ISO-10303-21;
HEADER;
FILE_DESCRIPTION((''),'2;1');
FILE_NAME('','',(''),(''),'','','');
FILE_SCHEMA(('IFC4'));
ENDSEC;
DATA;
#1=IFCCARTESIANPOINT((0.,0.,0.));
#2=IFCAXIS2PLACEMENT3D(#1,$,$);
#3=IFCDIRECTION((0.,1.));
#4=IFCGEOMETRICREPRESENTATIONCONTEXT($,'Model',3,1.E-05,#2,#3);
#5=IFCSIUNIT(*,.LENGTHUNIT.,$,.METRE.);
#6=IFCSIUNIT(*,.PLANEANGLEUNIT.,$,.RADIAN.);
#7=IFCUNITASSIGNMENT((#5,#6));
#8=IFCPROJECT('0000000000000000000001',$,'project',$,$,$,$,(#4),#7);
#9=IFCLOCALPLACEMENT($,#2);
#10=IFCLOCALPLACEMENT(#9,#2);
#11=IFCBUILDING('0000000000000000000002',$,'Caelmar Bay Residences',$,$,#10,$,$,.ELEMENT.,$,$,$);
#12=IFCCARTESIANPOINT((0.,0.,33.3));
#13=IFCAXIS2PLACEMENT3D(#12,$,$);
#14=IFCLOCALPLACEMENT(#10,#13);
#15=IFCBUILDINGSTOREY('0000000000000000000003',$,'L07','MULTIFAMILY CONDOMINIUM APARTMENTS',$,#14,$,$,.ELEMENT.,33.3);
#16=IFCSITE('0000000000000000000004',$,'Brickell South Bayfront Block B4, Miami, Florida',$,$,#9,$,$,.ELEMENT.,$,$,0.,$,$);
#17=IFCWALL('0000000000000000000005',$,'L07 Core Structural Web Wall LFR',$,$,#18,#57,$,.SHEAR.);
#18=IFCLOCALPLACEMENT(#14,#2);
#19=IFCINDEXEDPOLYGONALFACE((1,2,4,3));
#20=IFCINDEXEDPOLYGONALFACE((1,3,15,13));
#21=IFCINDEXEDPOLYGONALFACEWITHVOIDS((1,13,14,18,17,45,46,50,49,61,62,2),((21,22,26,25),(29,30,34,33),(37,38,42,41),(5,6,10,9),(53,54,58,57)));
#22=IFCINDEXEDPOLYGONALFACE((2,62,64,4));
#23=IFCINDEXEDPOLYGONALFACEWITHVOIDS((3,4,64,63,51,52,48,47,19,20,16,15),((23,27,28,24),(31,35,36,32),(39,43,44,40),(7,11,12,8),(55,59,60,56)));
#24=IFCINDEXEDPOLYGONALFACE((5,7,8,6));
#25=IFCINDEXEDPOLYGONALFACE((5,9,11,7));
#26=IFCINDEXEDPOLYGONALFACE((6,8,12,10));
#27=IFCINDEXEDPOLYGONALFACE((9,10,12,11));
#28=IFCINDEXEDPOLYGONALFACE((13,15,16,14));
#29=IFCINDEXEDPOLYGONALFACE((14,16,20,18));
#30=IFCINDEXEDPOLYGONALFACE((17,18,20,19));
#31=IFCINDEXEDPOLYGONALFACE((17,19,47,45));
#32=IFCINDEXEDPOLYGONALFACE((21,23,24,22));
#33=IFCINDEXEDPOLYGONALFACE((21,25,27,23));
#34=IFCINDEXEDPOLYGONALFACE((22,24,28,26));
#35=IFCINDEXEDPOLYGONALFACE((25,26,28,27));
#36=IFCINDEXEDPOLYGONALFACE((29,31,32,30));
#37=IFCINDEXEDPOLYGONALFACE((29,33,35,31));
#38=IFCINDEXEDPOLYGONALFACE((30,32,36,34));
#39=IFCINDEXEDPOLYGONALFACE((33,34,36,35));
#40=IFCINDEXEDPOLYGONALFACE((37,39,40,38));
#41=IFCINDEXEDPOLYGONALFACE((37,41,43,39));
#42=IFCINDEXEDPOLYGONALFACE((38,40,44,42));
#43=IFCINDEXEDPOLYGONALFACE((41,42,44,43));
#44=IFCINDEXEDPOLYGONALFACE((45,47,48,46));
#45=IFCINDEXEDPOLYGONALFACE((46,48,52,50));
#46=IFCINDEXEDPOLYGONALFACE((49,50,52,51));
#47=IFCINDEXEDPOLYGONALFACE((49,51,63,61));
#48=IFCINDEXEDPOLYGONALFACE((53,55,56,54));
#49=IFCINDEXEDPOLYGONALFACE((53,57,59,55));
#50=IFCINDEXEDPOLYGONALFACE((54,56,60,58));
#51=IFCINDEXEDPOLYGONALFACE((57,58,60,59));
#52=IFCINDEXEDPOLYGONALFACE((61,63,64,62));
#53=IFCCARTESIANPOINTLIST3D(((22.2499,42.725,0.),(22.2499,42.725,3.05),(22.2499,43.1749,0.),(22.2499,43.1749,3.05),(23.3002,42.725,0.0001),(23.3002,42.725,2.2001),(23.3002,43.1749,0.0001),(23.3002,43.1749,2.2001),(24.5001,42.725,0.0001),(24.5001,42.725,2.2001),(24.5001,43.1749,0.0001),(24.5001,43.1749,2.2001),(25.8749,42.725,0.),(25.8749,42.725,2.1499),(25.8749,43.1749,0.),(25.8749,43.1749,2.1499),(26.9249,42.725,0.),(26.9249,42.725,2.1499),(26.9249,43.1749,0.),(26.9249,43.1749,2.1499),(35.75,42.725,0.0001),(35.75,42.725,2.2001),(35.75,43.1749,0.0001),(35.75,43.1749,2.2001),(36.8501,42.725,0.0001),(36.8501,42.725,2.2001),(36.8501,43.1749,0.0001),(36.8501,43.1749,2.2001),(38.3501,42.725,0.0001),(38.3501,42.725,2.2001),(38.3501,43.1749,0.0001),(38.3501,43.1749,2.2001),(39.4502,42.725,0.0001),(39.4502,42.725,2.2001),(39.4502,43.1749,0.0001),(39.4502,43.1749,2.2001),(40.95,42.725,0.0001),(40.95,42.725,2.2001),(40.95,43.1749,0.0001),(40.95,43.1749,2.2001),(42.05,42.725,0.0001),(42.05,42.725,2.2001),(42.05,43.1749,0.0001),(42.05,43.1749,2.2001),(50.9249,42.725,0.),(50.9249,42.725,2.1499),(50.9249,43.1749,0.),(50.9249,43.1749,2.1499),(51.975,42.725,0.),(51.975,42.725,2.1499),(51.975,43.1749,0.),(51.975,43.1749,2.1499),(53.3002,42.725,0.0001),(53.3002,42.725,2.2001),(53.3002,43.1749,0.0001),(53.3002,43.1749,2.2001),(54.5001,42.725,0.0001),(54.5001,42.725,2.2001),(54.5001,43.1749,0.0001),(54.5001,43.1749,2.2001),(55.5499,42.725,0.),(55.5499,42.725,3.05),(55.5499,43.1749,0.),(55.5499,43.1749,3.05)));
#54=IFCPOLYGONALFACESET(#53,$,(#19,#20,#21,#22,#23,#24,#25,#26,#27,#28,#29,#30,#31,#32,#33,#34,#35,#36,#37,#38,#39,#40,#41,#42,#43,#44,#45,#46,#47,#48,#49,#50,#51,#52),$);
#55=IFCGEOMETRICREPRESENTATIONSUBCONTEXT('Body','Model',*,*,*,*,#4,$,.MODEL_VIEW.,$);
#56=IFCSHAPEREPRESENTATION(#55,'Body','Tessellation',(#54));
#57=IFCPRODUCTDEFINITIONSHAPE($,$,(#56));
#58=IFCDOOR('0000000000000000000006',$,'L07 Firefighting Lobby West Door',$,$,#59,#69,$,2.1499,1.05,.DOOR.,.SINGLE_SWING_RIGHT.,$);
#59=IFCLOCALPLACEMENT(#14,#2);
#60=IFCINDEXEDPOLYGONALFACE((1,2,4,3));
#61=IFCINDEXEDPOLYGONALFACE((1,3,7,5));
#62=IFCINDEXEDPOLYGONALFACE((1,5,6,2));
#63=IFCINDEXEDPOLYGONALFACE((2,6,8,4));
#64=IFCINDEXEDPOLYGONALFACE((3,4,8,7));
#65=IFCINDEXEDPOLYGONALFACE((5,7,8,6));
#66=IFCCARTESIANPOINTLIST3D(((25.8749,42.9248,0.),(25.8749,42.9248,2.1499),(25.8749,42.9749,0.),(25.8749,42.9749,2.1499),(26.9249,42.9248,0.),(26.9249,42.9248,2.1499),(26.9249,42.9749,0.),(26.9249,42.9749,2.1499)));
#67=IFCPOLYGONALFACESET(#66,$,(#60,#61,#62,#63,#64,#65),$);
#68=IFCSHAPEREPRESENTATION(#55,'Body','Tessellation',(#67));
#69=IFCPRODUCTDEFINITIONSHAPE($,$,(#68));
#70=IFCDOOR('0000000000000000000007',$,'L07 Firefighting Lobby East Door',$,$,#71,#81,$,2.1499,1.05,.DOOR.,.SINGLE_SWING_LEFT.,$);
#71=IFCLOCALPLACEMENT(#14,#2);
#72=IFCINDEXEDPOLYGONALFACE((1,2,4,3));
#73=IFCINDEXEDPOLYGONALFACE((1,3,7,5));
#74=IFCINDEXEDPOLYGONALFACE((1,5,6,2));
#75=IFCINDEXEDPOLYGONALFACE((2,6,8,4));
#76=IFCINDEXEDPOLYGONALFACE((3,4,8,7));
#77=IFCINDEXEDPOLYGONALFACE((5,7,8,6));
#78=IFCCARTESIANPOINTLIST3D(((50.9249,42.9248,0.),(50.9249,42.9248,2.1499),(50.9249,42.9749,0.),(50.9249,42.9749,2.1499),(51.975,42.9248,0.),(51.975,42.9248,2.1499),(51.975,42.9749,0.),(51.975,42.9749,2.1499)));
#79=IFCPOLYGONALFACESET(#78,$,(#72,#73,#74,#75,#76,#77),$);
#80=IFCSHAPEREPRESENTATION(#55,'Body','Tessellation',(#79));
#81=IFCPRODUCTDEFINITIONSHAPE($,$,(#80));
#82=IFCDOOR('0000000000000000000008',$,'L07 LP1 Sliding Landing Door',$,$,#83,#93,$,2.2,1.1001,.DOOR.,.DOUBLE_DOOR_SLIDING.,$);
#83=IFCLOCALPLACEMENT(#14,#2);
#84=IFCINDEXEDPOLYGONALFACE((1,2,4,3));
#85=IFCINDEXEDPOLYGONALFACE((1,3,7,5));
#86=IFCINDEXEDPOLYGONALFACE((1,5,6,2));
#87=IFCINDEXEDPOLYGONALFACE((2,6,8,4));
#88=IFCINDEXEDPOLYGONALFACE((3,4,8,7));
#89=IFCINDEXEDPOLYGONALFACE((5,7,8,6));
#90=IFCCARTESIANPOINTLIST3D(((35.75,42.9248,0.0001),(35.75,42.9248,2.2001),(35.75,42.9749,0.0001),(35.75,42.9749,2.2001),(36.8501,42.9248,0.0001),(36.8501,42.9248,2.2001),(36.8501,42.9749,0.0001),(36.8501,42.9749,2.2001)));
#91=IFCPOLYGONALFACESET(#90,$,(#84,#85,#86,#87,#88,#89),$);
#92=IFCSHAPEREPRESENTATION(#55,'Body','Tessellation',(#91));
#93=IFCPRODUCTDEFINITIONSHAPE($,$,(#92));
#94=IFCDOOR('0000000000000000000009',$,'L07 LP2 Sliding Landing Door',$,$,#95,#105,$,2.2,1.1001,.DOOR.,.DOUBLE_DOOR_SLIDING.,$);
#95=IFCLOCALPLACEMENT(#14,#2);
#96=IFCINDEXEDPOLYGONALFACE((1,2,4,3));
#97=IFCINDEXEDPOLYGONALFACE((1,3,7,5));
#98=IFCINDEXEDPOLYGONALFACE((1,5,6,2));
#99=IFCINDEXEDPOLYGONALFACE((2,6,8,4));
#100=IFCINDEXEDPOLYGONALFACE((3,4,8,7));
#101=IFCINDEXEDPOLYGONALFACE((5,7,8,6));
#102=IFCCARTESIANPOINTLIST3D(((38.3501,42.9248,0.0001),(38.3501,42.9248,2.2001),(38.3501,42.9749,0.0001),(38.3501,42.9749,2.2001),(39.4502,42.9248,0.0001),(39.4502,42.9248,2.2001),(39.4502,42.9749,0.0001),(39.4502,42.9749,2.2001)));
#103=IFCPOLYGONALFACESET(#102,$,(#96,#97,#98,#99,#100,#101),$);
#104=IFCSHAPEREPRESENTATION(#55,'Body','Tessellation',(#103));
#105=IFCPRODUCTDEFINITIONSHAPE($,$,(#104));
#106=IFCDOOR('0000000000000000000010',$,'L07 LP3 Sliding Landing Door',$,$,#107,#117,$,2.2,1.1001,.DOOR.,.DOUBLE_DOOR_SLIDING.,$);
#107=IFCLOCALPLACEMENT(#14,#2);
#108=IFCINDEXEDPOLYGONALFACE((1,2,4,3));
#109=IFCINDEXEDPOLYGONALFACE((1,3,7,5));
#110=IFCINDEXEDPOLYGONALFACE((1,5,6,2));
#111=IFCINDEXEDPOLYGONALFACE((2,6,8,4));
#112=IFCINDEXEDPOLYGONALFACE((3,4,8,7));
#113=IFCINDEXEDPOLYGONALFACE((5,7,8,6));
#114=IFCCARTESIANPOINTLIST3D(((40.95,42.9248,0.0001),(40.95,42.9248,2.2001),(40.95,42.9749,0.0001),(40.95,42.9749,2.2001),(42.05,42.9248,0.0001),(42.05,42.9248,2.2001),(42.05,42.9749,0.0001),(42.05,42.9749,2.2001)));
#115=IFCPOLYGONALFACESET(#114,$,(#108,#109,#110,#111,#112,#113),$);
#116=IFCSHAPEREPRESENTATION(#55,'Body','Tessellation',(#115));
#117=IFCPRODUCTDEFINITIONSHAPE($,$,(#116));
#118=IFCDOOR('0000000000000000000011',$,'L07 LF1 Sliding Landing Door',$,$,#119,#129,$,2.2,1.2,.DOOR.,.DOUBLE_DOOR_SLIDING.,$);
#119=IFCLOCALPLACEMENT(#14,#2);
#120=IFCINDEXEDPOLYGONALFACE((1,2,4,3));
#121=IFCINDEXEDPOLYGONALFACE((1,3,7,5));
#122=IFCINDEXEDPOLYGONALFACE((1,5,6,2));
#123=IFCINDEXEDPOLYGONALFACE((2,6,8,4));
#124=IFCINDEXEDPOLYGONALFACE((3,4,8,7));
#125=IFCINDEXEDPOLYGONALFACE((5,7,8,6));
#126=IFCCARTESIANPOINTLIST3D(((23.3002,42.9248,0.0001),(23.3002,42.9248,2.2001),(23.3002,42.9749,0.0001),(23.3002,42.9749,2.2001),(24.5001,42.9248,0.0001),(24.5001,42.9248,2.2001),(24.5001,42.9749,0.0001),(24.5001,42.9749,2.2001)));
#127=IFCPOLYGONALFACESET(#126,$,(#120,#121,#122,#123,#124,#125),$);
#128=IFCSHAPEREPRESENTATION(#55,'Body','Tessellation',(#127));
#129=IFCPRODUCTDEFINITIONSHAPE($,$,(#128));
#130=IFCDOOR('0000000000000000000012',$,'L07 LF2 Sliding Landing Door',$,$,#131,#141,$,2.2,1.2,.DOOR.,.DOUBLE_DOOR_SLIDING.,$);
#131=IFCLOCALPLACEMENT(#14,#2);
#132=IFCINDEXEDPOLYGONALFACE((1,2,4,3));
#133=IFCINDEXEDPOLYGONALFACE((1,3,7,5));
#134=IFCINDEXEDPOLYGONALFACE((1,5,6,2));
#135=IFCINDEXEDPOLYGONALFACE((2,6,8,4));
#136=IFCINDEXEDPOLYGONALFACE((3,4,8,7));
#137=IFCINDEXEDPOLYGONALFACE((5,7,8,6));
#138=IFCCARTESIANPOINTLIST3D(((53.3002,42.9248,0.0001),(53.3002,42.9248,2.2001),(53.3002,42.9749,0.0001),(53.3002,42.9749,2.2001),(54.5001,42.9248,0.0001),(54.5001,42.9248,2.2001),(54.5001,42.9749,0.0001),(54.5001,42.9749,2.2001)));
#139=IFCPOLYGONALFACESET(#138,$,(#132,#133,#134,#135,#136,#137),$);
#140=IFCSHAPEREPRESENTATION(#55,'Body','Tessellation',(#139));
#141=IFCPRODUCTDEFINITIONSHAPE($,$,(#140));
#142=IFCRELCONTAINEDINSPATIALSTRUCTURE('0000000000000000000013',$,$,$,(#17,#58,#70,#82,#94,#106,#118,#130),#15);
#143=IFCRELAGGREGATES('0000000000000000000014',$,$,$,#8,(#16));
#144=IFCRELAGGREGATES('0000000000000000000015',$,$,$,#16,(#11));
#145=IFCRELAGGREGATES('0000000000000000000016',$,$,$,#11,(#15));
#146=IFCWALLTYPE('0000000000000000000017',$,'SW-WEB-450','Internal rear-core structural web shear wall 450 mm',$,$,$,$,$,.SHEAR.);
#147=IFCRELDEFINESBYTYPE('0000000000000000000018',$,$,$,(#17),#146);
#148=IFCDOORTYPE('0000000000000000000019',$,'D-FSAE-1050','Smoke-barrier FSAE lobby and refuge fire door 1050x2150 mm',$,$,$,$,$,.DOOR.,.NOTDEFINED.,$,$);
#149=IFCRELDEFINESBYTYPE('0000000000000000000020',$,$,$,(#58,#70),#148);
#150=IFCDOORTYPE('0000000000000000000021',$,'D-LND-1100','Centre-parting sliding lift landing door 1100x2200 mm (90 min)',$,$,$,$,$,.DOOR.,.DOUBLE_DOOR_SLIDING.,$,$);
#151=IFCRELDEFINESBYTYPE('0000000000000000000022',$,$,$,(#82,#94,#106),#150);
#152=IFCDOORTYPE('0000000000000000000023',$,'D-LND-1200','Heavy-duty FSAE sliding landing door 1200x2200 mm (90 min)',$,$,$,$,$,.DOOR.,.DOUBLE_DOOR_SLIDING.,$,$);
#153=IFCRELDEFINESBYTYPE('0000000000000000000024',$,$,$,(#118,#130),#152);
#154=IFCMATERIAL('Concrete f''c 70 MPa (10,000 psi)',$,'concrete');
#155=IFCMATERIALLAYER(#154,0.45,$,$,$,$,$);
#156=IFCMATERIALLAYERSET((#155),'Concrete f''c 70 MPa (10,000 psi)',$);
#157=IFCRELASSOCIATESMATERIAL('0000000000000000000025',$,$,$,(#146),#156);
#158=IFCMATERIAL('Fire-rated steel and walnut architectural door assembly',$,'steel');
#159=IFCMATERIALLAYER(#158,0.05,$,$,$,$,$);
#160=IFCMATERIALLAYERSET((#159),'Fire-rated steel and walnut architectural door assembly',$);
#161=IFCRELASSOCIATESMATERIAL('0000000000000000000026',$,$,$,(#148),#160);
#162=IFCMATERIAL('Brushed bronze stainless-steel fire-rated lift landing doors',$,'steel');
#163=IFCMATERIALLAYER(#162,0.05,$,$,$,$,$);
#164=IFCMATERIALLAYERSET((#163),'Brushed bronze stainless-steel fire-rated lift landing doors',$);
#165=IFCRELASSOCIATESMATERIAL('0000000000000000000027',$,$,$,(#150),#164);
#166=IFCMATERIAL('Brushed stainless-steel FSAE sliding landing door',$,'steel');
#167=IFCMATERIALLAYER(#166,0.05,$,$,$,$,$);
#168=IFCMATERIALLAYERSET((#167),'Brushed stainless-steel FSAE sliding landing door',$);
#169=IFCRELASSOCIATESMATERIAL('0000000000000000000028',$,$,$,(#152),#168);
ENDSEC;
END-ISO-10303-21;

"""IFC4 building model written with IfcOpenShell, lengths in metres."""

from ifc_helpers import new_model, si_unit, direction, frame, frame_2d, origin, place, context, subcontext, project, spatial, rectangle, extrude, material, layer, layer_set, type_object, element, fill, save


model = new_model("IFC4")

# Units and contexts
model_context = context("Model", 3, precision=1e-05, world=origin(), true_north=direction((0.0, 1.0)))
body_context = subcontext(model_context, "Body", "Model", "MODEL_VIEW")
ifc_project = project(units=[si_unit("LENGTHUNIT", "METRE"), si_unit("PLANEANGLEUNIT", "RADIAN")], contexts=[model_context])

# Site, building, storey
site_placement = place(None, origin())
site = spatial("IfcSite", under=ifc_project, at=site_placement, Name="Brickell South Bayfront Block B4, Miami, Florida", CompositionType="ELEMENT", RefElevation=0.0)
building_placement = place(site_placement, origin())
building = spatial("IfcBuilding", under=site, at=building_placement, Name="Caelmar Bay Residences", CompositionType="ELEMENT")
storey_placement = place(building_placement, frame((0.0, 0.0, 33.3)))
storey = spatial("IfcBuildingStorey", under=building, at=storey_placement, Name="L07", Description="MULTIFAMILY CONDOMINIUM APARTMENTS", CompositionType="ELEMENT", Elevation=33.3)

# Wall, openings, doors
ifc_material_1 = material(Name="Concrete f'c 70 MPa (10,000 psi)", Category="concrete")
ifc_layer_1 = layer(ifc_material_1, 0.45)
ifc_layer_set_1 = layer_set([ifc_layer_1], Name="Concrete f'c 70 MPa (10,000 psi)")
wall_type_1 = type_object("IfcWallType", Name="SW-WEB-450", Description="Internal rear-core structural web shear wall 450 mm", PredefinedType="SHEAR", material=ifc_layer_set_1)
wall_1_placement = place(storey_placement, frame((22.25, 42.95, 0.0), z_axis=(0.0, 0.0, 1.0), x_axis=(1.0, 0.0, 0.0)))
wall_1 = element("IfcWall", 1, at=wall_1_placement, inside=storey, type_object=wall_type_1, Name="L07 Core Structural Web Wall LFR", PredefinedType="SHEAR", context=body_context, shape_type="SweptSolid", body=[
    extrude(rectangle(XDim=33.3, YDim=0.45, at=frame_2d((16.6499, 0.0))), origin(), (0.0, 0.0, 1.0), 3.05),
])
opening_1_placement = place(wall_1_placement, frame((1.05, 0.0, 0.0)))
opening_1 = element("IfcOpeningElement", 2, at=opening_1_placement, cuts=wall_1, PredefinedType="OPENING", context=body_context, shape_type="SweptSolid", body=[
    extrude(rectangle(XDim=1.2, YDim=2.2, at=frame_2d((0.6001, 1.1001))), frame((0.0, 0.2349, 0.0), z_axis=(0.0, -1.0, 0.0), x_axis=(1.0, 0.0, 0.0)), (0.0, 0.0, 1.0), 0.47),
])
opening_2_placement = place(wall_1_placement, frame((31.05, 0.0, 0.0)))
opening_2 = element("IfcOpeningElement", 3, at=opening_2_placement, cuts=wall_1, PredefinedType="OPENING", context=body_context, shape_type="SweptSolid", body=[
    extrude(rectangle(XDim=1.2, YDim=2.2, at=frame_2d((0.6001, 1.1001))), frame((0.0, 0.2349, 0.0), z_axis=(0.0, -1.0, 0.0), x_axis=(1.0, 0.0, 0.0)), (0.0, 0.0, 1.0), 0.47),
])
opening_3_placement = place(wall_1_placement, frame((13.5, 0.0, 0.0)))
opening_3 = element("IfcOpeningElement", 4, at=opening_3_placement, cuts=wall_1, PredefinedType="OPENING", context=body_context, shape_type="SweptSolid", body=[
    extrude(rectangle(XDim=1.1001, YDim=2.2, at=frame_2d((0.55, 1.1001))), frame((0.0, 0.2349, 0.0), z_axis=(0.0, -1.0, 0.0), x_axis=(1.0, 0.0, 0.0)), (0.0, 0.0, 1.0), 0.47),
])
opening_4_placement = place(wall_1_placement, frame((16.1001, 0.0, 0.0)))
opening_4 = element("IfcOpeningElement", 5, at=opening_4_placement, cuts=wall_1, PredefinedType="OPENING", context=body_context, shape_type="SweptSolid", body=[
    extrude(rectangle(XDim=1.1001, YDim=2.2, at=frame_2d((0.55, 1.1001))), frame((0.0, 0.2349, 0.0), z_axis=(0.0, -1.0, 0.0), x_axis=(1.0, 0.0, 0.0)), (0.0, 0.0, 1.0), 0.47),
])
opening_5_placement = place(wall_1_placement, frame((18.7, 0.0, 0.0)))
opening_5 = element("IfcOpeningElement", 6, at=opening_5_placement, cuts=wall_1, PredefinedType="OPENING", context=body_context, shape_type="SweptSolid", body=[
    extrude(rectangle(XDim=1.1001, YDim=2.2, at=frame_2d((0.55, 1.1001))), frame((0.0, 0.2349, 0.0), z_axis=(0.0, -1.0, 0.0), x_axis=(1.0, 0.0, 0.0)), (0.0, 0.0, 1.0), 0.47),
])
opening_6_placement = place(wall_1_placement, frame((3.625, 0.0, 0.0)))
opening_6 = element("IfcOpeningElement", 7, at=opening_6_placement, cuts=wall_1, PredefinedType="OPENING", context=body_context, shape_type="SweptSolid", body=[
    extrude(rectangle(XDim=1.05, YDim=2.1499, at=frame_2d((0.5249, 1.075))), frame((0.0, 0.2349, 0.0), z_axis=(0.0, -1.0, 0.0), x_axis=(1.0, 0.0, 0.0)), (0.0, 0.0, 1.0), 0.47),
])
opening_7_placement = place(wall_1_placement, frame((28.675, 0.0, 0.0)))
opening_7 = element("IfcOpeningElement", 8, at=opening_7_placement, cuts=wall_1, PredefinedType="OPENING", context=body_context, shape_type="SweptSolid", body=[
    extrude(rectangle(XDim=1.05, YDim=2.1499, at=frame_2d((0.5249, 1.075))), frame((0.0, 0.2349, 0.0), z_axis=(0.0, -1.0, 0.0), x_axis=(1.0, 0.0, 0.0)), (0.0, 0.0, 1.0), 0.47),
])
ifc_material_2 = material(Name="Fire-rated steel and walnut architectural door assembly", Category="steel")
ifc_layer_2 = layer(ifc_material_2, 0.05)
ifc_layer_set_2 = layer_set([ifc_layer_2], Name="Fire-rated steel and walnut architectural door assembly")
door_type_1 = type_object("IfcDoorType", Name="D-FSAE-1050", Description="Smoke-barrier FSAE lobby and refuge fire door 1050x2150 mm", OperationType="NOTDEFINED", PredefinedType="DOOR", material=ifc_layer_set_2)
door_1_placement = place(opening_6_placement, origin())
door_1 = element("IfcDoor", 9, at=door_1_placement, inside=storey, type_object=door_type_1, Name="L07 Firefighting Lobby West Door", OperationType="SINGLE_SWING_RIGHT", OverallHeight=2.1499, OverallWidth=1.05, PredefinedType="DOOR", context=body_context, shape_type="SweptSolid", body=[
    extrude(rectangle(XDim=1.05, YDim=2.1499, at=frame_2d((0.5249, 1.075))), frame((0.0, 0.0249, 0.0), z_axis=(0.0, -1.0, 0.0), x_axis=(1.0, 0.0, 0.0)), (0.0, 0.0, 1.0), 0.05),
])
fill(opening_6, door_1)
door_2_placement = place(opening_7_placement, origin())
door_2 = element("IfcDoor", 10, at=door_2_placement, inside=storey, type_object=door_type_1, Name="L07 Firefighting Lobby East Door", OperationType="SINGLE_SWING_LEFT", OverallHeight=2.1499, OverallWidth=1.05, PredefinedType="DOOR", context=body_context, shape_type="SweptSolid", body=[
    extrude(rectangle(XDim=1.05, YDim=2.1499, at=frame_2d((0.5249, 1.075))), frame((0.0, 0.0249, 0.0), z_axis=(0.0, -1.0, 0.0), x_axis=(1.0, 0.0, 0.0)), (0.0, 0.0, 1.0), 0.05),
])
fill(opening_7, door_2)
ifc_material_3 = material(Name="Brushed bronze stainless-steel fire-rated lift landing doors", Category="steel")
ifc_layer_3 = layer(ifc_material_3, 0.05)
ifc_layer_set_3 = layer_set([ifc_layer_3], Name="Brushed bronze stainless-steel fire-rated lift landing doors")
door_type_2 = type_object("IfcDoorType", Name="D-LND-1100", Description="Centre-parting sliding lift landing door 1100x2200 mm (90 min)", OperationType="DOUBLE_DOOR_SLIDING", PredefinedType="DOOR", material=ifc_layer_set_3)
door_3_placement = place(opening_3_placement, origin())
door_3 = element("IfcDoor", 11, at=door_3_placement, inside=storey, type_object=door_type_2, Name="L07 LP1 Sliding Landing Door", OperationType="DOUBLE_DOOR_SLIDING", OverallHeight=2.2, OverallWidth=1.1001, PredefinedType="DOOR", context=body_context, shape_type="SweptSolid", body=[
    extrude(rectangle(XDim=1.1001, YDim=2.2, at=frame_2d((0.55, 1.1001))), frame((0.0, 0.0249, 0.0), z_axis=(0.0, -1.0, 0.0), x_axis=(1.0, 0.0, 0.0)), (0.0, 0.0, 1.0), 0.05),
])
fill(opening_3, door_3)
door_4_placement = place(opening_4_placement, origin())
door_4 = element("IfcDoor", 12, at=door_4_placement, inside=storey, type_object=door_type_2, Name="L07 LP2 Sliding Landing Door", OperationType="DOUBLE_DOOR_SLIDING", OverallHeight=2.2, OverallWidth=1.1001, PredefinedType="DOOR", context=body_context, shape_type="SweptSolid", body=[
    extrude(rectangle(XDim=1.1001, YDim=2.2, at=frame_2d((0.55, 1.1001))), frame((0.0, 0.0249, 0.0), z_axis=(0.0, -1.0, 0.0), x_axis=(1.0, 0.0, 0.0)), (0.0, 0.0, 1.0), 0.05),
])
fill(opening_4, door_4)
door_5_placement = place(opening_5_placement, origin())
door_5 = element("IfcDoor", 13, at=door_5_placement, inside=storey, type_object=door_type_2, Name="L07 LP3 Sliding Landing Door", OperationType="DOUBLE_DOOR_SLIDING", OverallHeight=2.2, OverallWidth=1.1001, PredefinedType="DOOR", context=body_context, shape_type="SweptSolid", body=[
    extrude(rectangle(XDim=1.1001, YDim=2.2, at=frame_2d((0.55, 1.1001))), frame((0.0, 0.0249, 0.0), z_axis=(0.0, -1.0, 0.0), x_axis=(1.0, 0.0, 0.0)), (0.0, 0.0, 1.0), 0.05),
])
fill(opening_5, door_5)
ifc_material_4 = material(Name="Brushed stainless-steel FSAE sliding landing door", Category="steel")
ifc_layer_4 = layer(ifc_material_4, 0.05)
ifc_layer_set_4 = layer_set([ifc_layer_4], Name="Brushed stainless-steel FSAE sliding landing door")
door_type_3 = type_object("IfcDoorType", Name="D-LND-1200", Description="Heavy-duty FSAE sliding landing door 1200x2200 mm (90 min)", OperationType="DOUBLE_DOOR_SLIDING", PredefinedType="DOOR", material=ifc_layer_set_4)
door_6_placement = place(opening_1_placement, origin())
door_6 = element("IfcDoor", 14, at=door_6_placement, inside=storey, type_object=door_type_3, Name="L07 LF1 Sliding Landing Door", OperationType="DOUBLE_DOOR_SLIDING", OverallHeight=2.2, OverallWidth=1.2, PredefinedType="DOOR", context=body_context, shape_type="SweptSolid", body=[
    extrude(rectangle(XDim=1.2, YDim=2.2, at=frame_2d((0.6001, 1.1001))), frame((0.0, 0.0249, 0.0), z_axis=(0.0, -1.0, 0.0), x_axis=(1.0, 0.0, 0.0)), (0.0, 0.0, 1.0), 0.05),
])
fill(opening_1, door_6)
door_7_placement = place(opening_2_placement, origin())
door_7 = element("IfcDoor", 15, at=door_7_placement, inside=storey, type_object=door_type_3, Name="L07 LF2 Sliding Landing Door", OperationType="DOUBLE_DOOR_SLIDING", OverallHeight=2.2, OverallWidth=1.2, PredefinedType="DOOR", context=body_context, shape_type="SweptSolid", body=[
    extrude(rectangle(XDim=1.2, YDim=2.2, at=frame_2d((0.6001, 1.1001))), frame((0.0, 0.0249, 0.0), z_axis=(0.0, -1.0, 0.0), x_axis=(1.0, 0.0, 0.0)), (0.0, 0.0, 1.0), 0.05),
])
fill(opening_2, door_7)

save(model, "model.ifc")
